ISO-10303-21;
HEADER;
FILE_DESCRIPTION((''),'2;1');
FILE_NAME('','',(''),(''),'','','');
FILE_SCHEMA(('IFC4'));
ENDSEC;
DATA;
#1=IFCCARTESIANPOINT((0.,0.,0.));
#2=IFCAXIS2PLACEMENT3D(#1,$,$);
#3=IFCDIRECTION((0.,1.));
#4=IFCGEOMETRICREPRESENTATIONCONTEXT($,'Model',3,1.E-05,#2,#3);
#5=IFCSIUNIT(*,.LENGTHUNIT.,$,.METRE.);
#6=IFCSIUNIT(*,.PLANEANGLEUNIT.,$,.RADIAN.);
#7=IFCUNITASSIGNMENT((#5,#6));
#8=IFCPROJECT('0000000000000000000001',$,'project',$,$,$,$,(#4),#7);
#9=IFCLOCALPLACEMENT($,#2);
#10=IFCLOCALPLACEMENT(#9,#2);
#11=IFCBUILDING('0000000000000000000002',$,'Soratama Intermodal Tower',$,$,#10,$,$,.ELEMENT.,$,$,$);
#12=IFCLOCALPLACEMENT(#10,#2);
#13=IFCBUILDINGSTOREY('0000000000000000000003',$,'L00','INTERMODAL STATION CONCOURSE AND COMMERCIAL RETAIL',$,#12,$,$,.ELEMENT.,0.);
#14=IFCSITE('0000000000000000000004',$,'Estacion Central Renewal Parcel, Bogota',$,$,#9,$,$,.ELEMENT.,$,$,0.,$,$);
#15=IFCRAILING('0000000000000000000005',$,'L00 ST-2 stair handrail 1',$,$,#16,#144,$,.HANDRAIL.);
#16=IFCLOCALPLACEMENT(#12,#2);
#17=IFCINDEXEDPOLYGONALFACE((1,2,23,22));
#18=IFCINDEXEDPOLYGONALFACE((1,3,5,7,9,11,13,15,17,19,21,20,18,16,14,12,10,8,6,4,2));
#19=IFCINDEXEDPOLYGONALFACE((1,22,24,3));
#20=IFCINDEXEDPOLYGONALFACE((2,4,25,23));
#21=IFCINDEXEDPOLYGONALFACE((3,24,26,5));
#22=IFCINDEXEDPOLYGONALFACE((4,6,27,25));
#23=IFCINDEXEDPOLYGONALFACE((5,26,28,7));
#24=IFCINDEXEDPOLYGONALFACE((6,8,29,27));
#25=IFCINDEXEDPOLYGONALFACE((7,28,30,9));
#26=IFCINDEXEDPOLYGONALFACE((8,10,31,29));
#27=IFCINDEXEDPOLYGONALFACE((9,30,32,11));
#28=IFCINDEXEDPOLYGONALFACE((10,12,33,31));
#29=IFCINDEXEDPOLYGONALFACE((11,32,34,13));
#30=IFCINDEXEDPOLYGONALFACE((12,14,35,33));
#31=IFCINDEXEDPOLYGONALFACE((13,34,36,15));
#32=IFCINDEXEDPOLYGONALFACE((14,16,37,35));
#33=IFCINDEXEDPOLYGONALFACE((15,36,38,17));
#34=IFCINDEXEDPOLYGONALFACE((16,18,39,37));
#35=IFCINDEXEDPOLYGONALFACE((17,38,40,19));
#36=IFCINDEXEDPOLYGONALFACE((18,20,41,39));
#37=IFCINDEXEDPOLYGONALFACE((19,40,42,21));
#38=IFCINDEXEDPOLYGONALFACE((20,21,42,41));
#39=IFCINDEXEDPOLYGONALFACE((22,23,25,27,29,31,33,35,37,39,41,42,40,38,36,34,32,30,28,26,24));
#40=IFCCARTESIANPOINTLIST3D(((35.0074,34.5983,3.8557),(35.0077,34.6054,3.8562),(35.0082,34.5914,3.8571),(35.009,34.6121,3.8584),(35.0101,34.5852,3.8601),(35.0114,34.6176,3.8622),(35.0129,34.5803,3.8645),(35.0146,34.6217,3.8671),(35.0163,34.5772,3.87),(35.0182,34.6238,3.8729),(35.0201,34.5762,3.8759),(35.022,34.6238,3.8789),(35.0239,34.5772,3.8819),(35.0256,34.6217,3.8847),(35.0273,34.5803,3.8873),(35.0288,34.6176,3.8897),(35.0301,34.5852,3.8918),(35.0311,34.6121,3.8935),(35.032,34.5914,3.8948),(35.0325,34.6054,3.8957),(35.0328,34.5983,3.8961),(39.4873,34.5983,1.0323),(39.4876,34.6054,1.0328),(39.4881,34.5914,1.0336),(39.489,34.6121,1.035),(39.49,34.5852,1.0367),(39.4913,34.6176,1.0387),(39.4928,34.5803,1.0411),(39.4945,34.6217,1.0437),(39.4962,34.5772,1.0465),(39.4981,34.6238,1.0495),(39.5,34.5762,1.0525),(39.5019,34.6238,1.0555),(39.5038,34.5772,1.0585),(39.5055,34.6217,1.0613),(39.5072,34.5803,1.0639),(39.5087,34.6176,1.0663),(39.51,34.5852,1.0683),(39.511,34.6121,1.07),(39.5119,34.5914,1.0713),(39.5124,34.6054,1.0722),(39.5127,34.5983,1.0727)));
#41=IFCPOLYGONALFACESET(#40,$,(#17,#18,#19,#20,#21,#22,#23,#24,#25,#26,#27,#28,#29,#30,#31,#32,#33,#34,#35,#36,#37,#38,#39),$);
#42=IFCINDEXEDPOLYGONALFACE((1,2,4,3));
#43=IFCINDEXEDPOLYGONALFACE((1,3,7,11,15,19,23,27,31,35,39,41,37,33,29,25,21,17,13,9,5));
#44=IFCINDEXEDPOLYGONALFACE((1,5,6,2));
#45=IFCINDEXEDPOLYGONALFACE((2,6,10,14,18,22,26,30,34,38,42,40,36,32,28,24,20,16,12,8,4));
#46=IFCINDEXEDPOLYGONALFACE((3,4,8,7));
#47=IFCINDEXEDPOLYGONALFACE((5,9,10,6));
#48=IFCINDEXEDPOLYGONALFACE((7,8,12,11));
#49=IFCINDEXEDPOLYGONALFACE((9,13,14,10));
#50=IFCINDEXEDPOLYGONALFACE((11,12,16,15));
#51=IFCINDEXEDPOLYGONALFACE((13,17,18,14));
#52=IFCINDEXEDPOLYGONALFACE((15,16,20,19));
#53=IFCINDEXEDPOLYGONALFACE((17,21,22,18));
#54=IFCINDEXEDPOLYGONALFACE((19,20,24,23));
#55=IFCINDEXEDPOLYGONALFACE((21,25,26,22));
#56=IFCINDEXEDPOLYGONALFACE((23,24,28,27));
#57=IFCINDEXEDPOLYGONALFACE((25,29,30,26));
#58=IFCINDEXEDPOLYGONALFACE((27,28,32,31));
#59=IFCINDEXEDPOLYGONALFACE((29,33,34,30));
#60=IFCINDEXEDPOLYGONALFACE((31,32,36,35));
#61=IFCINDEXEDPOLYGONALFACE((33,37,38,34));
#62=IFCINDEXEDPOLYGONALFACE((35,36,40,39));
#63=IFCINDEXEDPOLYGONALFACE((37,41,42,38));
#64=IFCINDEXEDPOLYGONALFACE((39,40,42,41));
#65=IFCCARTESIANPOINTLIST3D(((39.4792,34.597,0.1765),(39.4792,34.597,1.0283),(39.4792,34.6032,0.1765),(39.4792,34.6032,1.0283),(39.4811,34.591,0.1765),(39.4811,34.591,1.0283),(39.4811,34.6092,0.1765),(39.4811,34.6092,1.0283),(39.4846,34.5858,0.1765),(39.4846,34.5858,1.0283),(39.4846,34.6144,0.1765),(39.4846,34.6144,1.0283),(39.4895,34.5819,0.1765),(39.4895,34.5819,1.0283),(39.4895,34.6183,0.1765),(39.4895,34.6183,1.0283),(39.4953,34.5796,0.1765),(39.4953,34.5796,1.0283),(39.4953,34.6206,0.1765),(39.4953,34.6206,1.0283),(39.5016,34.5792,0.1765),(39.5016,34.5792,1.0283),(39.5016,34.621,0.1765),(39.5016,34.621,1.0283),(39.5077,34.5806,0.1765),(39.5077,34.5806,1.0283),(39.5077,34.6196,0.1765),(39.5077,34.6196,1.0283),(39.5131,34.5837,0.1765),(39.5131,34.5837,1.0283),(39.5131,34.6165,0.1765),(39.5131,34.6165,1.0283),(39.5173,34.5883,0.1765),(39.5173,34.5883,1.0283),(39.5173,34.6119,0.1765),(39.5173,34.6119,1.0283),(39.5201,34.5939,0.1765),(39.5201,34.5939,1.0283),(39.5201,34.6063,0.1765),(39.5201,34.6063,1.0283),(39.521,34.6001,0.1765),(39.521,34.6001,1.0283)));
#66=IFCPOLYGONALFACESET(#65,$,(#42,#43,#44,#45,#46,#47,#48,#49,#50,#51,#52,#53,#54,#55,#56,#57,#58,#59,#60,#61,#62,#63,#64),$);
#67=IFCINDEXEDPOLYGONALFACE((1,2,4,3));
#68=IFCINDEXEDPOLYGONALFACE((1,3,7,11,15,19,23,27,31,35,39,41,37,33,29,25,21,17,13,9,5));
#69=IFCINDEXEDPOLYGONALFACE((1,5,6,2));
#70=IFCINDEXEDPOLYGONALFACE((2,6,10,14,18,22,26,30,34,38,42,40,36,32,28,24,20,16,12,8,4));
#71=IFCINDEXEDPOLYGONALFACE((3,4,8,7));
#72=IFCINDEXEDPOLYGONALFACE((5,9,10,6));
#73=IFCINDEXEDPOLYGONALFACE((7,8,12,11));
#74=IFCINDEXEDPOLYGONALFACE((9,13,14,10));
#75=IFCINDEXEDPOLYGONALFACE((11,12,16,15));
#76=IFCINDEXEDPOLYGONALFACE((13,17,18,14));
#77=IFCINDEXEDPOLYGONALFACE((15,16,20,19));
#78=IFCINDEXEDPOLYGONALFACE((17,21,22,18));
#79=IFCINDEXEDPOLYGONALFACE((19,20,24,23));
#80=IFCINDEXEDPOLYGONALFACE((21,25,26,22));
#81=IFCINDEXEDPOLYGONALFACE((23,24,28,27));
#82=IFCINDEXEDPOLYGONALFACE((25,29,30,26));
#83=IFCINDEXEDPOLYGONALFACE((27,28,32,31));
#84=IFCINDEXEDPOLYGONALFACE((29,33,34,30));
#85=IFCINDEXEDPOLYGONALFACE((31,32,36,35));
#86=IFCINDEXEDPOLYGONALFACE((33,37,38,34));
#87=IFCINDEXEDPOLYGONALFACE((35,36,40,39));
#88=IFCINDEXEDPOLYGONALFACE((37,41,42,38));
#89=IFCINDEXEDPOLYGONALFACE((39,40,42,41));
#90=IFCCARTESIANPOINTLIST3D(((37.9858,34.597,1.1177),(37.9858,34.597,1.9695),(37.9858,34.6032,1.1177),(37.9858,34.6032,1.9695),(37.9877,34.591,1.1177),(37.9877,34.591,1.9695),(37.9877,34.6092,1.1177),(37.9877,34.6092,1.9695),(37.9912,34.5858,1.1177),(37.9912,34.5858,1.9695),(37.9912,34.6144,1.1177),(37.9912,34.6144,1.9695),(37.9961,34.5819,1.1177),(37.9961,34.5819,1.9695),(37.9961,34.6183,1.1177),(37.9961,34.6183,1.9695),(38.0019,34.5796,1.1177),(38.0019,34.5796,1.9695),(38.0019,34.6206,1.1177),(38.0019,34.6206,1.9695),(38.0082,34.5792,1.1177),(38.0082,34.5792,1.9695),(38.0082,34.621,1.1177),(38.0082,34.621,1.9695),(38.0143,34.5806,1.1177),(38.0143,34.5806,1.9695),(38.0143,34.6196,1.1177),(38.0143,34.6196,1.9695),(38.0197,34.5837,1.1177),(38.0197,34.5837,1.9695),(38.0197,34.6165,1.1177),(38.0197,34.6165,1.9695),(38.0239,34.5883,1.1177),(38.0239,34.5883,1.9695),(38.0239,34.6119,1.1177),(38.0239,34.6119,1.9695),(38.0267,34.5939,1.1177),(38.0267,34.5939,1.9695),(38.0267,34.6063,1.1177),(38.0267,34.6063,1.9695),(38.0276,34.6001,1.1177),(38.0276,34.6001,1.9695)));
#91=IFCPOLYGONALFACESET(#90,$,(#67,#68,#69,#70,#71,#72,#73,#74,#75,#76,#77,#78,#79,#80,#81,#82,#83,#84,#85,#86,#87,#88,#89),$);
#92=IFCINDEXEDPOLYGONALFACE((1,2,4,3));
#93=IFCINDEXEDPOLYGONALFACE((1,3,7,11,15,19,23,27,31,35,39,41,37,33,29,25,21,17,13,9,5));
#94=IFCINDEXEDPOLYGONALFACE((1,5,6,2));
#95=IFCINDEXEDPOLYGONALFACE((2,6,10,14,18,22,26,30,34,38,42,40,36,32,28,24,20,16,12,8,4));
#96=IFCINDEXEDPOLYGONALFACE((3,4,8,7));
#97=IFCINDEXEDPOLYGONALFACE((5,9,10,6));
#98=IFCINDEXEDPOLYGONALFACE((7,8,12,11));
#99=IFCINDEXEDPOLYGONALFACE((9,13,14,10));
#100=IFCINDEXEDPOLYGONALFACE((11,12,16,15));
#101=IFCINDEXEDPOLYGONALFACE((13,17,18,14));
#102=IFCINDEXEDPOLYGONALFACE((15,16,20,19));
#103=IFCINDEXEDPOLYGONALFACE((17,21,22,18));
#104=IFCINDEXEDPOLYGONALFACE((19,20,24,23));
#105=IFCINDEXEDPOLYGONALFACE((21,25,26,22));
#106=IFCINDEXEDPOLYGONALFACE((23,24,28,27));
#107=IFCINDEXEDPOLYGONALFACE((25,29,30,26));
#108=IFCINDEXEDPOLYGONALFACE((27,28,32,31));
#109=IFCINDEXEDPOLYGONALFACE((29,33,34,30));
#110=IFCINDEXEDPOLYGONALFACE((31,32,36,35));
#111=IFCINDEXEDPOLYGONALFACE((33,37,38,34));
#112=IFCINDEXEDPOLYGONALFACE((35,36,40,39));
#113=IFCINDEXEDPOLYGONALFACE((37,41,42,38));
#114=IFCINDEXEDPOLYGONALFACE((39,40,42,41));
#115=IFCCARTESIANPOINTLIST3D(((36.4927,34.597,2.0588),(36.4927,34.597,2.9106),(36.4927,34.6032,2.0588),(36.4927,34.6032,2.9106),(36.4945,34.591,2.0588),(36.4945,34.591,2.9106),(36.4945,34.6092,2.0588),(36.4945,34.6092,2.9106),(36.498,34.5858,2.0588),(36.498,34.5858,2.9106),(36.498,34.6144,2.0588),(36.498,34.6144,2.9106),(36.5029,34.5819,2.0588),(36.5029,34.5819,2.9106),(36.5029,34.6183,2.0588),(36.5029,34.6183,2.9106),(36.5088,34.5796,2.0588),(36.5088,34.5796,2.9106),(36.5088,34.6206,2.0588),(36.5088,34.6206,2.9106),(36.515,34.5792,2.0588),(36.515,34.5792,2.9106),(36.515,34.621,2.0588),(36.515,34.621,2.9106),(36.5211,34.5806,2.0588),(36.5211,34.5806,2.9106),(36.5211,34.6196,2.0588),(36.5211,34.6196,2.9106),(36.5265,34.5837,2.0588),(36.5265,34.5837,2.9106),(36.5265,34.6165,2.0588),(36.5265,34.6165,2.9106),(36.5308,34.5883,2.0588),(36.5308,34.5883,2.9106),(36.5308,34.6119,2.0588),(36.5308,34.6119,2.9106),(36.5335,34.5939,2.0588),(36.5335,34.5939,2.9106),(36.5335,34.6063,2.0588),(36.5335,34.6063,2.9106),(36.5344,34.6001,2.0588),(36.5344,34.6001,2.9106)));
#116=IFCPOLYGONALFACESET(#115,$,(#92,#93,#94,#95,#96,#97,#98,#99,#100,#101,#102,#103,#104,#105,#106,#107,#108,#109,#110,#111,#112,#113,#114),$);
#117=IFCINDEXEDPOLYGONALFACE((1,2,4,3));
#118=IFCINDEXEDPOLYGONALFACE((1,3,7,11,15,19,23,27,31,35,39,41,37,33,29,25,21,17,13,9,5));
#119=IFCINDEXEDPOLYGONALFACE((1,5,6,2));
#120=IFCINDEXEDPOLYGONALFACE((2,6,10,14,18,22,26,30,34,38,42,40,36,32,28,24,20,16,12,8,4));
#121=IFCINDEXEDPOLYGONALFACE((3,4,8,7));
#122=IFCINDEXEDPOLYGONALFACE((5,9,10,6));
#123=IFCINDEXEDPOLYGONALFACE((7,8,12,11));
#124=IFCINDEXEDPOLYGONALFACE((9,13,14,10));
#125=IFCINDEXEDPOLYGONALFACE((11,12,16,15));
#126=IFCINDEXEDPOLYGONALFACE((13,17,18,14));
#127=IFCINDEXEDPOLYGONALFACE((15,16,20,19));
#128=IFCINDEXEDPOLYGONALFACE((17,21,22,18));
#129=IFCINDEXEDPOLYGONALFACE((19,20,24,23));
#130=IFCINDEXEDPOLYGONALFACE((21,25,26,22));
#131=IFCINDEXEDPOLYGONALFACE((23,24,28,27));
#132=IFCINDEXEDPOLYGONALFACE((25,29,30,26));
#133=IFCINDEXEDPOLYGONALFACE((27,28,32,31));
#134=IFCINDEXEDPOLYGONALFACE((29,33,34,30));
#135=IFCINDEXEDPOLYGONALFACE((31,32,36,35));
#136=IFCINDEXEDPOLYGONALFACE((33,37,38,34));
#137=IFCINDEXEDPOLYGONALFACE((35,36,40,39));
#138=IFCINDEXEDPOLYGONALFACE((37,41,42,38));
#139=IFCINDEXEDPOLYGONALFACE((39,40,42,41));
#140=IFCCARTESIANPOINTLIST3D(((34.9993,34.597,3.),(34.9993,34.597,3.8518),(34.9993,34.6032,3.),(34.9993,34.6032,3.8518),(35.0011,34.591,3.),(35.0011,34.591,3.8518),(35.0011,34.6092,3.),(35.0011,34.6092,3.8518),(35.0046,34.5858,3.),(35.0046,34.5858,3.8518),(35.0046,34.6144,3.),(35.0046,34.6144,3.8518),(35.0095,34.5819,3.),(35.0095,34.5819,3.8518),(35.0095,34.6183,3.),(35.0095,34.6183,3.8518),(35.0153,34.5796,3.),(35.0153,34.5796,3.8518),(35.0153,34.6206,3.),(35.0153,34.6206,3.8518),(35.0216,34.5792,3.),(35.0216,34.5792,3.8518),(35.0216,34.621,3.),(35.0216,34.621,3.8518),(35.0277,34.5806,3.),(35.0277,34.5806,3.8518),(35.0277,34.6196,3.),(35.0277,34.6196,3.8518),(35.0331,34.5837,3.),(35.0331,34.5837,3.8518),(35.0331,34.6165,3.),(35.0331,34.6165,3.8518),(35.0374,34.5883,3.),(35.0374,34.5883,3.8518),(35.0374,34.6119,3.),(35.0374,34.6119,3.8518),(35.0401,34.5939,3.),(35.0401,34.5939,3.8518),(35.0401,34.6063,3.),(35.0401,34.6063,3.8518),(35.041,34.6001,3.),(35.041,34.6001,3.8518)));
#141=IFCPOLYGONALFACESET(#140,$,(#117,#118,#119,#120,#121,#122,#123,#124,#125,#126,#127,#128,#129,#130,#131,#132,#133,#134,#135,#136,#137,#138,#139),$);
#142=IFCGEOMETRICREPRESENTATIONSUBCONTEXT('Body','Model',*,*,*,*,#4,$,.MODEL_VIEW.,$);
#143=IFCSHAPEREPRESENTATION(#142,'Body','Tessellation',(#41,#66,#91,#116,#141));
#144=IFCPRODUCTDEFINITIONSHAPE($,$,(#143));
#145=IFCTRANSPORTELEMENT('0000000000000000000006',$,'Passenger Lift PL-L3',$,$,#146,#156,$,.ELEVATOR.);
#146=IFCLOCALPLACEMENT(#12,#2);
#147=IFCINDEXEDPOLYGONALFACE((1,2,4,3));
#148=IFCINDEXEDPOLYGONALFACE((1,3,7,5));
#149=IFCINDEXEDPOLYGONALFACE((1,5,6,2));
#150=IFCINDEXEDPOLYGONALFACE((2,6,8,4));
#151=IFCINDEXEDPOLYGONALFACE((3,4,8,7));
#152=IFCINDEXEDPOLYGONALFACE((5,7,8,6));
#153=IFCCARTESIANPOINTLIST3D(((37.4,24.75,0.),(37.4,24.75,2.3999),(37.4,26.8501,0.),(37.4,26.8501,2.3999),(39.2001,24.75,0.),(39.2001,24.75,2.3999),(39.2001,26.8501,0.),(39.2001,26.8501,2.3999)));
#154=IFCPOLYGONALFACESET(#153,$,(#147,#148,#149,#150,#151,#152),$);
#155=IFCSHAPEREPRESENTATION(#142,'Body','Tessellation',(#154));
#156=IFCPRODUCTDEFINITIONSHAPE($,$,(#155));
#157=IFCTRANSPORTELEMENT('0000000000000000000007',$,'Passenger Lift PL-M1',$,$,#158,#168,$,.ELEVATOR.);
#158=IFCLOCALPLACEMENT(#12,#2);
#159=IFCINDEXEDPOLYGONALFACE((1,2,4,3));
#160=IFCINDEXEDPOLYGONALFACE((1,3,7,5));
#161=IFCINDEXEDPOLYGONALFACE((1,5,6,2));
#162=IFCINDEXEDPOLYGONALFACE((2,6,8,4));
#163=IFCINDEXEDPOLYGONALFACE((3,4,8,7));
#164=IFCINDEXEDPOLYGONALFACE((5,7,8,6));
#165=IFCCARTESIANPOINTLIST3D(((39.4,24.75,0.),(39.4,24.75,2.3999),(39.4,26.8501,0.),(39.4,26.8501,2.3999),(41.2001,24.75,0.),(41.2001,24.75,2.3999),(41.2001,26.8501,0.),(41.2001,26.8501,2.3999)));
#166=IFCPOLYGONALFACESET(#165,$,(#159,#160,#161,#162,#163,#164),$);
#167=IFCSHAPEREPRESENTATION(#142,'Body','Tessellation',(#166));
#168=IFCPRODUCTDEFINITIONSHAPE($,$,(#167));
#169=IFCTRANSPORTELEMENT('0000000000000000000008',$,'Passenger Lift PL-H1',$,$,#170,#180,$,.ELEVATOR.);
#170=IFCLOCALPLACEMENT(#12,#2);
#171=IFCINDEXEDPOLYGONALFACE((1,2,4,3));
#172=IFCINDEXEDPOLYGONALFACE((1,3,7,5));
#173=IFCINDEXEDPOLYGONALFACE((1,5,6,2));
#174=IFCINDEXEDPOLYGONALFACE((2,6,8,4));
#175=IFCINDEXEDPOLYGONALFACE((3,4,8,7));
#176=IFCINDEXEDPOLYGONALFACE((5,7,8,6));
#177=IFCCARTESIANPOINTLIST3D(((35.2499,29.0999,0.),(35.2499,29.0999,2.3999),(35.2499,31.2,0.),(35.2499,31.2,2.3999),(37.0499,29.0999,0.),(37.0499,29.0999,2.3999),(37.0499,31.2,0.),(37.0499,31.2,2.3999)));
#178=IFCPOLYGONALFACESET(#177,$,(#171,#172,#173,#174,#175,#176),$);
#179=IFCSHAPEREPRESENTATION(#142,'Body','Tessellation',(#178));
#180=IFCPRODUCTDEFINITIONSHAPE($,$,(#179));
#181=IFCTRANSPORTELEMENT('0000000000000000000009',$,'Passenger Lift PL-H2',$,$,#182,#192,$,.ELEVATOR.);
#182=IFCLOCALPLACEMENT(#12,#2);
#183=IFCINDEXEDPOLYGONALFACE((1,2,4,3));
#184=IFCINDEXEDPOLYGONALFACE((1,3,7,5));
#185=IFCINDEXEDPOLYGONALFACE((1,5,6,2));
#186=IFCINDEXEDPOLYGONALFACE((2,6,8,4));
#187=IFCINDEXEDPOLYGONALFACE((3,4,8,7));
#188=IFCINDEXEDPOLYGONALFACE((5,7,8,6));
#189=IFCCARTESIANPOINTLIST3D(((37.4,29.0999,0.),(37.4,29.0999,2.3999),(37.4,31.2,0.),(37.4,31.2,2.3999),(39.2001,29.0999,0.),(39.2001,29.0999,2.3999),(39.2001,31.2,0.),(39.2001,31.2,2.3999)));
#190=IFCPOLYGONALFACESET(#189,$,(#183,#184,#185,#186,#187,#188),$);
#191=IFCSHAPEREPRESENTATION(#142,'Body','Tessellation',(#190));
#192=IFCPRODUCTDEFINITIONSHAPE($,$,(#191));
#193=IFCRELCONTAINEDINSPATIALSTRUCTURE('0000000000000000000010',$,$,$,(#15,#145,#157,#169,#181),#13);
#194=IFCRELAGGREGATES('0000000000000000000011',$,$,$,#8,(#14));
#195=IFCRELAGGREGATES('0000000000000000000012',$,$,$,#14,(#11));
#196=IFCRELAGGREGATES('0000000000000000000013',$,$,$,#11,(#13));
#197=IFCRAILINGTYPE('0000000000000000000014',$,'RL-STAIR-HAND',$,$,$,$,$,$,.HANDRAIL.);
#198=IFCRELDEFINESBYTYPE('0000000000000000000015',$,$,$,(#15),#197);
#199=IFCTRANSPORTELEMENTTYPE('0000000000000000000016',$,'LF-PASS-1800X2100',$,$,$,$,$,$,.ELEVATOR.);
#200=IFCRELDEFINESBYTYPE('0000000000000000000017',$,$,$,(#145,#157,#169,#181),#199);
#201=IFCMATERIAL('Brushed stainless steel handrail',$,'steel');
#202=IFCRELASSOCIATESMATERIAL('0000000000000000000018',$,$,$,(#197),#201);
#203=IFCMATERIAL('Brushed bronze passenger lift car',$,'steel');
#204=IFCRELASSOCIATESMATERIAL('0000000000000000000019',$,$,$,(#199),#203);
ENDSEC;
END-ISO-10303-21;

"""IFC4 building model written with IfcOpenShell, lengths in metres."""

from ifc_helpers import new_model, si_unit, direction, frame, origin, origin_2d, place, context, subcontext, project, spatial, rectangle, circle, extrude, material, type_object, element, save


model = new_model("IFC4")

# Units and contexts
model_context = context("Model", 3, precision=1e-05, world=origin(), true_north=direction((0.0, 1.0)))
body_context = subcontext(model_context, "Body", "Model", "MODEL_VIEW")
ifc_project = project(units=[si_unit("LENGTHUNIT", "METRE"), si_unit("PLANEANGLEUNIT", "RADIAN")], contexts=[model_context])

# Site, building, storey
site_placement = place(None, origin())
site = spatial("IfcSite", under=ifc_project, at=site_placement, Name="Estacion Central Renewal Parcel, Bogota", CompositionType="ELEMENT", RefElevation=0.0)
building_placement = place(site_placement, origin())
building = spatial("IfcBuilding", under=site, at=building_placement, Name="Soratama Intermodal Tower", CompositionType="ELEMENT")
storey_placement = place(building_placement, origin())
storey = spatial("IfcBuildingStorey", under=building, at=storey_placement, Name="L00", Description="INTERMODAL STATION CONCOURSE AND COMMERCIAL RETAIL", CompositionType="ELEMENT", Elevation=0.0)

# Railing
ifc_material_1 = material(Name="Brushed stainless steel handrail", Category="steel")
railing_type_1 = type_object("IfcRailingType", Name="RL-STAIR-HAND", PredefinedType="HANDRAIL", material=ifc_material_1)
railing_1_placement = place(storey_placement, frame((39.5, 34.6001, 0.1765)))
element("IfcRailing", 1, at=railing_1_placement, inside=storey, type_object=railing_type_1, Name="L00 ST-2 stair handrail 1", PredefinedType="HANDRAIL", context=body_context, shape_type="SweptSolid", body=[
    extrude(circle(Radius=0.0239, at=origin_2d()), frame((0.0, 0.0, 0.876), z_axis=(-0.845998, 0.0, 0.533186), x_axis=(0.0, -1.0, 0.0)), (0.0, 0.0, 1.0), 5.2954),
    extrude(circle(Radius=0.021, at=origin_2d()), origin(), (0.0, 0.0, 1.0), 0.8518),
    extrude(circle(Radius=0.021, at=origin_2d()), frame((-1.4934, 0.0, 0.9412)), (0.0, 0.0, 1.0), 0.8518),
    extrude(circle(Radius=0.021, at=origin_2d()), frame((-2.9866, 0.0, 1.8823)), (0.0, 0.0, 1.0), 0.8518),
    extrude(circle(Radius=0.021, at=origin_2d()), frame((-4.48, 0.0, 2.8235)), (0.0, 0.0, 1.0), 0.8518),
])

# Transport elements
ifc_material_2 = material(Name="Brushed bronze passenger lift car", Category="steel")
transport_element_type = type_object("IfcTransportElementType", Name="LF-PASS-1800X2100", PredefinedType="ELEVATOR", material=ifc_material_2)
for number, where, z_axis, x_axis, name in (
    (2, (38.3, 25.8, 0.0), (0.0, 0.0, 1.0), (1.0, 0.0, 0.0), "Passenger Lift PL-L3"),
    (3, (40.3, 25.8, 0.0), (0.0, 0.0, 1.0), (1.0, 0.0, 0.0), "Passenger Lift PL-M1"),
    (4, (36.1499, 30.1499, 0.0), (0.0, 0.0, 1.0), (1.0, 0.0, 0.0), "Passenger Lift PL-H1"),
    (5, (38.3, 30.1499, 0.0), (0.0, 0.0, 1.0), (1.0, 0.0, 0.0), "Passenger Lift PL-H2"),
):
    element("IfcTransportElement", number, at=place(storey_placement, frame(where, z_axis=z_axis, x_axis=x_axis)), inside=storey, type_object=transport_element_type, Name=name, PredefinedType="ELEVATOR", context=body_context, shape_type="SweptSolid", body=[
        extrude(rectangle(XDim=1.8, YDim=2.1001, at=origin_2d()), origin(), (0.0, 0.0, 1.0), 2.3999),
    ])

save(model, "model.ifc")
